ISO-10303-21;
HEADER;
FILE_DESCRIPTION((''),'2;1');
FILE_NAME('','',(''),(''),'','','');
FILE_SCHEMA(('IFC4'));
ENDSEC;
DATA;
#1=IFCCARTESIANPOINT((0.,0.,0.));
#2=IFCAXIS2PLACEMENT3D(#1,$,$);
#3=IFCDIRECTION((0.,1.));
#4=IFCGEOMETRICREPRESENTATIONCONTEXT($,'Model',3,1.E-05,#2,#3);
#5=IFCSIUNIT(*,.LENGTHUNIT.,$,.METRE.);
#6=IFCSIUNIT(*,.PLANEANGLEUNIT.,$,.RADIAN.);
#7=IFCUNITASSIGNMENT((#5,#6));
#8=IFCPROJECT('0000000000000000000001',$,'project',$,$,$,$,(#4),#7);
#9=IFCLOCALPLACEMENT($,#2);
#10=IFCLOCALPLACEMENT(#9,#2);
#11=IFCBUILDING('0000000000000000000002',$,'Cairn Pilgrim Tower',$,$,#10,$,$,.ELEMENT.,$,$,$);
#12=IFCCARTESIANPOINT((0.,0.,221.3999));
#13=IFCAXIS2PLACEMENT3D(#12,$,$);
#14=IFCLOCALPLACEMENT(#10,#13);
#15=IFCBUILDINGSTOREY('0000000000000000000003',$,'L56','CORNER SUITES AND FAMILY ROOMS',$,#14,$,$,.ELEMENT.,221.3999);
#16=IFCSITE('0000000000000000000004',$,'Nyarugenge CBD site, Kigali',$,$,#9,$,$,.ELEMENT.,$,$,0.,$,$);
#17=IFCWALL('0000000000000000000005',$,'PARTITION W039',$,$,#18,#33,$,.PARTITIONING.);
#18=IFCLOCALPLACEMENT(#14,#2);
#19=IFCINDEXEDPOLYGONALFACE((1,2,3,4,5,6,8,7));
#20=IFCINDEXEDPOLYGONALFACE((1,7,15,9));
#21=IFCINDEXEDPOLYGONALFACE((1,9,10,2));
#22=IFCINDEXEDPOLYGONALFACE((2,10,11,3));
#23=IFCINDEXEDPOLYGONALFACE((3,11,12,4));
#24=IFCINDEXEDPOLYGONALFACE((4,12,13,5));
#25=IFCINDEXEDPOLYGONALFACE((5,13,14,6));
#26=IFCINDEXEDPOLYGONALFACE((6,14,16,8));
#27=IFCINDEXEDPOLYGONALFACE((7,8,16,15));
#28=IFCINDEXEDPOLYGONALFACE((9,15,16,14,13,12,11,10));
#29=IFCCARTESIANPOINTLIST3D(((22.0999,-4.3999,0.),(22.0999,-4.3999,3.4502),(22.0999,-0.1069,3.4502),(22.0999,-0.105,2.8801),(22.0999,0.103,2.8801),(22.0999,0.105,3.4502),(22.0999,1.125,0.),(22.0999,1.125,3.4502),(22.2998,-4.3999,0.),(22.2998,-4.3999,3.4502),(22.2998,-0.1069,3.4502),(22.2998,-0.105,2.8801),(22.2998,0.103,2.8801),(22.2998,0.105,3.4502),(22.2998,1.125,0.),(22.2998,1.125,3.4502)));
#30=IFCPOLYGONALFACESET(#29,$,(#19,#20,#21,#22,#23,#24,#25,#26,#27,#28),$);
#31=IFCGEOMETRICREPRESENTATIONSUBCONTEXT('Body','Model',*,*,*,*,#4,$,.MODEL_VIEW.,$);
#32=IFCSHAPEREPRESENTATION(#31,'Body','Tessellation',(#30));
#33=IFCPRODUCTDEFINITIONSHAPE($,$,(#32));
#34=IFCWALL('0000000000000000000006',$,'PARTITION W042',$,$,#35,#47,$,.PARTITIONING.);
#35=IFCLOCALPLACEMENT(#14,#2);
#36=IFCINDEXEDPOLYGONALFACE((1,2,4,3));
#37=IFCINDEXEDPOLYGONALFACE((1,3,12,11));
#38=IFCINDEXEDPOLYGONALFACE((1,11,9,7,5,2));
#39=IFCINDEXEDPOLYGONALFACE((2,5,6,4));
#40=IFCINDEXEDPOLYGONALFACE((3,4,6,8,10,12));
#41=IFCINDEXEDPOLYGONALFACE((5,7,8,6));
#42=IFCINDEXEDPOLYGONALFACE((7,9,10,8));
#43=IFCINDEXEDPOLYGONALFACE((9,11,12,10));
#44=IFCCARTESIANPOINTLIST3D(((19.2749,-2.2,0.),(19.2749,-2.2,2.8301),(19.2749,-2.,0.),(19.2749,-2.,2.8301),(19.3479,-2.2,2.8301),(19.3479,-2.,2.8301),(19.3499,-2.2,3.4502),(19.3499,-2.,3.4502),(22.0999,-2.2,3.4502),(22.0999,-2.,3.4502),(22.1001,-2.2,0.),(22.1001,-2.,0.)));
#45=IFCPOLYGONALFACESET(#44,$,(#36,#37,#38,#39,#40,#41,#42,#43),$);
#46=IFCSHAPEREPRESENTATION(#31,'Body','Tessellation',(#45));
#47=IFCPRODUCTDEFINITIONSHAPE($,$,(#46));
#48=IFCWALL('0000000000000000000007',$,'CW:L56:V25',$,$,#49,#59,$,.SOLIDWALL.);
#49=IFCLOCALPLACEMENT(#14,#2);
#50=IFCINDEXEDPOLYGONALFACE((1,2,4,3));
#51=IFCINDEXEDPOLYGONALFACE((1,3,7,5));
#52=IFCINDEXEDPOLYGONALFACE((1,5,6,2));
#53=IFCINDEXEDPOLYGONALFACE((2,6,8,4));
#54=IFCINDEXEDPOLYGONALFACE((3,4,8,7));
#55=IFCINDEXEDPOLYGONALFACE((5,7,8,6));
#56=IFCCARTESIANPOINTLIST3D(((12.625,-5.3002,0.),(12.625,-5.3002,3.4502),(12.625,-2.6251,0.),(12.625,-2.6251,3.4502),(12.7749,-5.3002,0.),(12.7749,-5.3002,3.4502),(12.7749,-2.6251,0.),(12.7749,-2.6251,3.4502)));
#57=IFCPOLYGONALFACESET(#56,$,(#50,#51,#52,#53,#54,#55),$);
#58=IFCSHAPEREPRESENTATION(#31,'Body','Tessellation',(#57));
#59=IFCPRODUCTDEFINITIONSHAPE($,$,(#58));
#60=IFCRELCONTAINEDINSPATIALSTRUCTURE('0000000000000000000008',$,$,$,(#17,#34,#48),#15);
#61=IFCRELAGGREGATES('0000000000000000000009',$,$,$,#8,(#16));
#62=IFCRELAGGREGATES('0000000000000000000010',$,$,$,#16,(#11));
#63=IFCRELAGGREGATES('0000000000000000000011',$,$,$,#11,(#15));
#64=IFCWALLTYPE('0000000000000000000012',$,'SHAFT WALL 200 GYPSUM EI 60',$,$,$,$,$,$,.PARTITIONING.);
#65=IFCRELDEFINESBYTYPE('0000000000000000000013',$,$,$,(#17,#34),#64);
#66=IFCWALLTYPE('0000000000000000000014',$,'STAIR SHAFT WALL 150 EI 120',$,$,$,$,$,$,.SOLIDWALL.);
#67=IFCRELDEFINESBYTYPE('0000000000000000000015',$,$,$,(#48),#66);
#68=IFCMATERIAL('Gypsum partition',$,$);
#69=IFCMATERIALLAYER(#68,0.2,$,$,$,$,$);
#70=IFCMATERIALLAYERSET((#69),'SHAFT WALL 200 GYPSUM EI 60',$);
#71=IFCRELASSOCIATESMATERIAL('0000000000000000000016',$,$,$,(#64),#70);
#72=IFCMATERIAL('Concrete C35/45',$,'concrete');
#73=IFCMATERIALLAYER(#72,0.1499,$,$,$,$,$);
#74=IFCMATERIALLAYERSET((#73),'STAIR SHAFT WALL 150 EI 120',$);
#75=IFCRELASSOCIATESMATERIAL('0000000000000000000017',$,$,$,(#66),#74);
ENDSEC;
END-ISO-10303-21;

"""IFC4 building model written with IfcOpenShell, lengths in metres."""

from ifc_helpers import new_model, si_unit, direction, frame, frame_2d, origin, place, context, subcontext, project, spatial, polyline, rectangle, outline, extrude, material, layer, layer_set, type_object, element, save


model = new_model("IFC4")

# Units and contexts
model_context = context("Model", 3, precision=1e-05, world=origin(), true_north=direction((0.0, 1.0)))
body_context = subcontext(model_context, "Body", "Model", "MODEL_VIEW")
ifc_project = project(units=[si_unit("LENGTHUNIT", "METRE"), si_unit("PLANEANGLEUNIT", "RADIAN")], contexts=[model_context])

# Site, building, storey
site_placement = place(None, origin())
site = spatial("IfcSite", under=ifc_project, at=site_placement, Name="Nyarugenge CBD site, Kigali", CompositionType="ELEMENT", RefElevation=0.0)
building_placement = place(site_placement, origin())
building = spatial("IfcBuilding", under=site, at=building_placement, Name="Cairn Pilgrim Tower", CompositionType="ELEMENT")
storey_placement = place(building_placement, frame((0.0, 0.0, 221.3999)))
storey = spatial("IfcBuildingStorey", under=building, at=storey_placement, Name="L56", Description="CORNER SUITES AND FAMILY ROOMS", CompositionType="ELEMENT", Elevation=221.3999)

# Shared definitions
ifc_material_1 = material(Name="Gypsum partition")

# Walls
ifc_layer_1 = layer(ifc_material_1, 0.2)
ifc_layer_set_1 = layer_set([ifc_layer_1], Name="SHAFT WALL 200 GYPSUM EI 60")
wall_type_1 = type_object("IfcWallType", Name="SHAFT WALL 200 GYPSUM EI 60", PredefinedType="PARTITIONING", material=ifc_layer_set_1)
wall_1_placement = place(storey_placement, frame((22.2, -4.3999, 0.0), z_axis=(0.0, 0.0, 1.0), x_axis=(0.0, 1.0, 0.0)))
element("IfcWall", 1, at=wall_1_placement, inside=storey, type_object=wall_type_1, Name="PARTITION W039", PredefinedType="PARTITIONING", context=body_context, shape_type="SweptSolid", body=[
    extrude(outline(polyline([(0.0, 0.0), (5.5249, 0.0), (5.5249, 3.4502), (4.5049, 3.4502), (4.5029, 2.8801), (4.2949, 2.8801), (4.293, 3.4502), (0.0, 3.4502), (0.0, 0.0)])), frame((0.0, 0.1001, 0.0), z_axis=(0.0, -1.0, 0.0), x_axis=(1.0, 0.0, 0.0)), (0.0, 0.0, 1.0), 0.2),
])
wall_2_placement = place(storey_placement, frame((19.2749, -2.1001, 0.0), z_axis=(0.0, 0.0, 1.0), x_axis=(1.0, 0.0, 0.0)))
element("IfcWall", 2, at=wall_2_placement, inside=storey, type_object=wall_type_1, Name="PARTITION W042", PredefinedType="PARTITIONING", context=body_context, shape_type="SweptSolid", body=[
    extrude(outline(polyline([(0.0, 0.0), (2.8252, 0.0), (2.825, 3.4502), (0.075, 3.4502), (0.073, 2.8301), (0.0, 2.8301), (0.0, 0.0)])), frame((0.0, 0.1001, 0.0), z_axis=(0.0, -1.0, 0.0), x_axis=(1.0, 0.0, 0.0)), (0.0, 0.0, 1.0), 0.2),
])
ifc_material_2 = material(Name="Concrete C35/45", Category="concrete")
ifc_layer_2 = layer(ifc_material_2, 0.1499)
ifc_layer_set_2 = layer_set([ifc_layer_2], Name="STAIR SHAFT WALL 150 EI 120")
wall_type_2 = type_object("IfcWallType", Name="STAIR SHAFT WALL 150 EI 120", PredefinedType="SOLIDWALL", material=ifc_layer_set_2)
wall_3_placement = place(storey_placement, frame((12.7, -5.3, 0.0), z_axis=(0.0, 0.0, 1.0), x_axis=(0.0, 1.0, 0.0)))
element("IfcWall", 3, at=wall_3_placement, inside=storey, type_object=wall_type_2, Name="CW:L56:V25", PredefinedType="SOLIDWALL", context=body_context, shape_type="SweptSolid", body=[
    extrude(rectangle(XDim=2.675, YDim=0.1499, at=frame_2d((1.3374, 0.0))), origin(), (0.0, 0.0, 1.0), 3.4502),
])

save(model, "model.ifc")
